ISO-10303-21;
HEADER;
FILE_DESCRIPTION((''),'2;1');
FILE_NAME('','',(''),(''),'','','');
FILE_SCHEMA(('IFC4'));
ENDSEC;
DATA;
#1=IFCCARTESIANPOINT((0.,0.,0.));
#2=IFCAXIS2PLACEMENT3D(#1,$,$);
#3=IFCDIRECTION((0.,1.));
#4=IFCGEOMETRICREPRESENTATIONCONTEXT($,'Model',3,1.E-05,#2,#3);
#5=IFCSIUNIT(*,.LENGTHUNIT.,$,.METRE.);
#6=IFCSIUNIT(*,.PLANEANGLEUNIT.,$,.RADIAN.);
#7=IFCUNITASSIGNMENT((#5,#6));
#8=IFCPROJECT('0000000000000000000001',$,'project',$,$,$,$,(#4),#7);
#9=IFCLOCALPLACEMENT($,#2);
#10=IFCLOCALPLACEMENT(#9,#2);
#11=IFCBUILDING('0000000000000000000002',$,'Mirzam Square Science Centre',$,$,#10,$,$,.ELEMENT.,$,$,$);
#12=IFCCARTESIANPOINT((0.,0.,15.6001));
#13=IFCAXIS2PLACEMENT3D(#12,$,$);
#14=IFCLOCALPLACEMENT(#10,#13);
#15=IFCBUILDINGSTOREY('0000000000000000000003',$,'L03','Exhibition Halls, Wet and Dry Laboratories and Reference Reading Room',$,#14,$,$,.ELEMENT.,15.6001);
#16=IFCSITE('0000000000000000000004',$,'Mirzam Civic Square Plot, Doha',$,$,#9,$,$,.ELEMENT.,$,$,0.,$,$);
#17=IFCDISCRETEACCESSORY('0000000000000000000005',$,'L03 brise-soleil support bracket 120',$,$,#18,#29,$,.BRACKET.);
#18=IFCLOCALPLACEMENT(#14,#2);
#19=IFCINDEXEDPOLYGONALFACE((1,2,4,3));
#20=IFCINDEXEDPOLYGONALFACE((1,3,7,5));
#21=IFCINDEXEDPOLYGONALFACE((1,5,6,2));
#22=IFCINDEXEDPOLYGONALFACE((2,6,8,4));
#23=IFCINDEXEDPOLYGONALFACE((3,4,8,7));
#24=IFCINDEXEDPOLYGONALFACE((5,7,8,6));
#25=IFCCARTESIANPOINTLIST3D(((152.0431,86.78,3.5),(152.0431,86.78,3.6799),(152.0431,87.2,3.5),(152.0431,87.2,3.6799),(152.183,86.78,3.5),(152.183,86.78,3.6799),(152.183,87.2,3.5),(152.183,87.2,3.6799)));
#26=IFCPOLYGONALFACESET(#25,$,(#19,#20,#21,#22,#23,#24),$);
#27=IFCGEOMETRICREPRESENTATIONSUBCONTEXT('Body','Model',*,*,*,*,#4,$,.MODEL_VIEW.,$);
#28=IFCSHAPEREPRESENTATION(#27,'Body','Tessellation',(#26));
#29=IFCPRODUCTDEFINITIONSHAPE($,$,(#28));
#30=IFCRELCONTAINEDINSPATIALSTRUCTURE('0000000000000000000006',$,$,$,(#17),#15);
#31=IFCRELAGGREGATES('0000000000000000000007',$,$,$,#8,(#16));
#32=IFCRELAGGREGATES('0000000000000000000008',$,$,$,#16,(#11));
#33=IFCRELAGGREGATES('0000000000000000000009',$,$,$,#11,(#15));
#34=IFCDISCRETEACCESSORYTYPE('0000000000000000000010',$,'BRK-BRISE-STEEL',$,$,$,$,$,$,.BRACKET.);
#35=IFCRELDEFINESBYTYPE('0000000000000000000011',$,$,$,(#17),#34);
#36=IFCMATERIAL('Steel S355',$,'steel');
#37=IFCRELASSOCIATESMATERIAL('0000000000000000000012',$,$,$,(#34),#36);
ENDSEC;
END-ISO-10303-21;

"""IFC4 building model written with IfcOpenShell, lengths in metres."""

from ifc_helpers import new_model, si_unit, direction, frame, origin, origin_2d, place, context, subcontext, project, spatial, rectangle, extrude, material, type_object, element, save


model = new_model("IFC4")

# Units and contexts
model_context = context("Model", 3, precision=1e-05, world=origin(), true_north=direction((0.0, 1.0)))
body_context = subcontext(model_context, "Body", "Model", "MODEL_VIEW")
ifc_project = project(units=[si_unit("LENGTHUNIT", "METRE"), si_unit("PLANEANGLEUNIT", "RADIAN")], contexts=[model_context])

# Site, building, storey
site_placement = place(None, origin())
site = spatial("IfcSite", under=ifc_project, at=site_placement, Name="Mirzam Civic Square Plot, Doha", CompositionType="ELEMENT", RefElevation=0.0)
building_placement = place(site_placement, origin())
building = spatial("IfcBuilding", under=site, at=building_placement, Name="Mirzam Square Science Centre", CompositionType="ELEMENT")
storey_placement = place(building_placement, frame((0.0, 0.0, 15.6001)))
storey = spatial("IfcBuildingStorey", under=building, at=storey_placement, Name="L03", Description="Exhibition Halls, Wet and Dry Laboratories and Reference Reading Room", CompositionType="ELEMENT", Elevation=15.6001)

# Shared definitions
ifc_material_1 = material(Name="Steel S355", Category="steel")

# Discrete accessory
discrete_accessory_type = type_object("IfcDiscreteAccessoryType", Name="BRK-BRISE-STEEL", PredefinedType="BRACKET", material=ifc_material_1)
discrete_accessory_placement = place(storey_placement, frame((152.113, 86.99, 3.5), z_axis=(0.0, 0.0, 1.0), x_axis=(-1.0, 0.0, 0.0)))
element("IfcDiscreteAccessory", 1, at=discrete_accessory_placement, inside=storey, type_object=discrete_accessory_type, Name="L03 brise-soleil support bracket 120", PredefinedType="BRACKET", context=body_context, shape_type="SweptSolid", body=[
    extrude(rectangle(XDim=0.1399, YDim=0.4199, at=origin_2d()), origin(), (0.0, 0.0, 1.0), 0.1799),
])

save(model, "model.ifc")
